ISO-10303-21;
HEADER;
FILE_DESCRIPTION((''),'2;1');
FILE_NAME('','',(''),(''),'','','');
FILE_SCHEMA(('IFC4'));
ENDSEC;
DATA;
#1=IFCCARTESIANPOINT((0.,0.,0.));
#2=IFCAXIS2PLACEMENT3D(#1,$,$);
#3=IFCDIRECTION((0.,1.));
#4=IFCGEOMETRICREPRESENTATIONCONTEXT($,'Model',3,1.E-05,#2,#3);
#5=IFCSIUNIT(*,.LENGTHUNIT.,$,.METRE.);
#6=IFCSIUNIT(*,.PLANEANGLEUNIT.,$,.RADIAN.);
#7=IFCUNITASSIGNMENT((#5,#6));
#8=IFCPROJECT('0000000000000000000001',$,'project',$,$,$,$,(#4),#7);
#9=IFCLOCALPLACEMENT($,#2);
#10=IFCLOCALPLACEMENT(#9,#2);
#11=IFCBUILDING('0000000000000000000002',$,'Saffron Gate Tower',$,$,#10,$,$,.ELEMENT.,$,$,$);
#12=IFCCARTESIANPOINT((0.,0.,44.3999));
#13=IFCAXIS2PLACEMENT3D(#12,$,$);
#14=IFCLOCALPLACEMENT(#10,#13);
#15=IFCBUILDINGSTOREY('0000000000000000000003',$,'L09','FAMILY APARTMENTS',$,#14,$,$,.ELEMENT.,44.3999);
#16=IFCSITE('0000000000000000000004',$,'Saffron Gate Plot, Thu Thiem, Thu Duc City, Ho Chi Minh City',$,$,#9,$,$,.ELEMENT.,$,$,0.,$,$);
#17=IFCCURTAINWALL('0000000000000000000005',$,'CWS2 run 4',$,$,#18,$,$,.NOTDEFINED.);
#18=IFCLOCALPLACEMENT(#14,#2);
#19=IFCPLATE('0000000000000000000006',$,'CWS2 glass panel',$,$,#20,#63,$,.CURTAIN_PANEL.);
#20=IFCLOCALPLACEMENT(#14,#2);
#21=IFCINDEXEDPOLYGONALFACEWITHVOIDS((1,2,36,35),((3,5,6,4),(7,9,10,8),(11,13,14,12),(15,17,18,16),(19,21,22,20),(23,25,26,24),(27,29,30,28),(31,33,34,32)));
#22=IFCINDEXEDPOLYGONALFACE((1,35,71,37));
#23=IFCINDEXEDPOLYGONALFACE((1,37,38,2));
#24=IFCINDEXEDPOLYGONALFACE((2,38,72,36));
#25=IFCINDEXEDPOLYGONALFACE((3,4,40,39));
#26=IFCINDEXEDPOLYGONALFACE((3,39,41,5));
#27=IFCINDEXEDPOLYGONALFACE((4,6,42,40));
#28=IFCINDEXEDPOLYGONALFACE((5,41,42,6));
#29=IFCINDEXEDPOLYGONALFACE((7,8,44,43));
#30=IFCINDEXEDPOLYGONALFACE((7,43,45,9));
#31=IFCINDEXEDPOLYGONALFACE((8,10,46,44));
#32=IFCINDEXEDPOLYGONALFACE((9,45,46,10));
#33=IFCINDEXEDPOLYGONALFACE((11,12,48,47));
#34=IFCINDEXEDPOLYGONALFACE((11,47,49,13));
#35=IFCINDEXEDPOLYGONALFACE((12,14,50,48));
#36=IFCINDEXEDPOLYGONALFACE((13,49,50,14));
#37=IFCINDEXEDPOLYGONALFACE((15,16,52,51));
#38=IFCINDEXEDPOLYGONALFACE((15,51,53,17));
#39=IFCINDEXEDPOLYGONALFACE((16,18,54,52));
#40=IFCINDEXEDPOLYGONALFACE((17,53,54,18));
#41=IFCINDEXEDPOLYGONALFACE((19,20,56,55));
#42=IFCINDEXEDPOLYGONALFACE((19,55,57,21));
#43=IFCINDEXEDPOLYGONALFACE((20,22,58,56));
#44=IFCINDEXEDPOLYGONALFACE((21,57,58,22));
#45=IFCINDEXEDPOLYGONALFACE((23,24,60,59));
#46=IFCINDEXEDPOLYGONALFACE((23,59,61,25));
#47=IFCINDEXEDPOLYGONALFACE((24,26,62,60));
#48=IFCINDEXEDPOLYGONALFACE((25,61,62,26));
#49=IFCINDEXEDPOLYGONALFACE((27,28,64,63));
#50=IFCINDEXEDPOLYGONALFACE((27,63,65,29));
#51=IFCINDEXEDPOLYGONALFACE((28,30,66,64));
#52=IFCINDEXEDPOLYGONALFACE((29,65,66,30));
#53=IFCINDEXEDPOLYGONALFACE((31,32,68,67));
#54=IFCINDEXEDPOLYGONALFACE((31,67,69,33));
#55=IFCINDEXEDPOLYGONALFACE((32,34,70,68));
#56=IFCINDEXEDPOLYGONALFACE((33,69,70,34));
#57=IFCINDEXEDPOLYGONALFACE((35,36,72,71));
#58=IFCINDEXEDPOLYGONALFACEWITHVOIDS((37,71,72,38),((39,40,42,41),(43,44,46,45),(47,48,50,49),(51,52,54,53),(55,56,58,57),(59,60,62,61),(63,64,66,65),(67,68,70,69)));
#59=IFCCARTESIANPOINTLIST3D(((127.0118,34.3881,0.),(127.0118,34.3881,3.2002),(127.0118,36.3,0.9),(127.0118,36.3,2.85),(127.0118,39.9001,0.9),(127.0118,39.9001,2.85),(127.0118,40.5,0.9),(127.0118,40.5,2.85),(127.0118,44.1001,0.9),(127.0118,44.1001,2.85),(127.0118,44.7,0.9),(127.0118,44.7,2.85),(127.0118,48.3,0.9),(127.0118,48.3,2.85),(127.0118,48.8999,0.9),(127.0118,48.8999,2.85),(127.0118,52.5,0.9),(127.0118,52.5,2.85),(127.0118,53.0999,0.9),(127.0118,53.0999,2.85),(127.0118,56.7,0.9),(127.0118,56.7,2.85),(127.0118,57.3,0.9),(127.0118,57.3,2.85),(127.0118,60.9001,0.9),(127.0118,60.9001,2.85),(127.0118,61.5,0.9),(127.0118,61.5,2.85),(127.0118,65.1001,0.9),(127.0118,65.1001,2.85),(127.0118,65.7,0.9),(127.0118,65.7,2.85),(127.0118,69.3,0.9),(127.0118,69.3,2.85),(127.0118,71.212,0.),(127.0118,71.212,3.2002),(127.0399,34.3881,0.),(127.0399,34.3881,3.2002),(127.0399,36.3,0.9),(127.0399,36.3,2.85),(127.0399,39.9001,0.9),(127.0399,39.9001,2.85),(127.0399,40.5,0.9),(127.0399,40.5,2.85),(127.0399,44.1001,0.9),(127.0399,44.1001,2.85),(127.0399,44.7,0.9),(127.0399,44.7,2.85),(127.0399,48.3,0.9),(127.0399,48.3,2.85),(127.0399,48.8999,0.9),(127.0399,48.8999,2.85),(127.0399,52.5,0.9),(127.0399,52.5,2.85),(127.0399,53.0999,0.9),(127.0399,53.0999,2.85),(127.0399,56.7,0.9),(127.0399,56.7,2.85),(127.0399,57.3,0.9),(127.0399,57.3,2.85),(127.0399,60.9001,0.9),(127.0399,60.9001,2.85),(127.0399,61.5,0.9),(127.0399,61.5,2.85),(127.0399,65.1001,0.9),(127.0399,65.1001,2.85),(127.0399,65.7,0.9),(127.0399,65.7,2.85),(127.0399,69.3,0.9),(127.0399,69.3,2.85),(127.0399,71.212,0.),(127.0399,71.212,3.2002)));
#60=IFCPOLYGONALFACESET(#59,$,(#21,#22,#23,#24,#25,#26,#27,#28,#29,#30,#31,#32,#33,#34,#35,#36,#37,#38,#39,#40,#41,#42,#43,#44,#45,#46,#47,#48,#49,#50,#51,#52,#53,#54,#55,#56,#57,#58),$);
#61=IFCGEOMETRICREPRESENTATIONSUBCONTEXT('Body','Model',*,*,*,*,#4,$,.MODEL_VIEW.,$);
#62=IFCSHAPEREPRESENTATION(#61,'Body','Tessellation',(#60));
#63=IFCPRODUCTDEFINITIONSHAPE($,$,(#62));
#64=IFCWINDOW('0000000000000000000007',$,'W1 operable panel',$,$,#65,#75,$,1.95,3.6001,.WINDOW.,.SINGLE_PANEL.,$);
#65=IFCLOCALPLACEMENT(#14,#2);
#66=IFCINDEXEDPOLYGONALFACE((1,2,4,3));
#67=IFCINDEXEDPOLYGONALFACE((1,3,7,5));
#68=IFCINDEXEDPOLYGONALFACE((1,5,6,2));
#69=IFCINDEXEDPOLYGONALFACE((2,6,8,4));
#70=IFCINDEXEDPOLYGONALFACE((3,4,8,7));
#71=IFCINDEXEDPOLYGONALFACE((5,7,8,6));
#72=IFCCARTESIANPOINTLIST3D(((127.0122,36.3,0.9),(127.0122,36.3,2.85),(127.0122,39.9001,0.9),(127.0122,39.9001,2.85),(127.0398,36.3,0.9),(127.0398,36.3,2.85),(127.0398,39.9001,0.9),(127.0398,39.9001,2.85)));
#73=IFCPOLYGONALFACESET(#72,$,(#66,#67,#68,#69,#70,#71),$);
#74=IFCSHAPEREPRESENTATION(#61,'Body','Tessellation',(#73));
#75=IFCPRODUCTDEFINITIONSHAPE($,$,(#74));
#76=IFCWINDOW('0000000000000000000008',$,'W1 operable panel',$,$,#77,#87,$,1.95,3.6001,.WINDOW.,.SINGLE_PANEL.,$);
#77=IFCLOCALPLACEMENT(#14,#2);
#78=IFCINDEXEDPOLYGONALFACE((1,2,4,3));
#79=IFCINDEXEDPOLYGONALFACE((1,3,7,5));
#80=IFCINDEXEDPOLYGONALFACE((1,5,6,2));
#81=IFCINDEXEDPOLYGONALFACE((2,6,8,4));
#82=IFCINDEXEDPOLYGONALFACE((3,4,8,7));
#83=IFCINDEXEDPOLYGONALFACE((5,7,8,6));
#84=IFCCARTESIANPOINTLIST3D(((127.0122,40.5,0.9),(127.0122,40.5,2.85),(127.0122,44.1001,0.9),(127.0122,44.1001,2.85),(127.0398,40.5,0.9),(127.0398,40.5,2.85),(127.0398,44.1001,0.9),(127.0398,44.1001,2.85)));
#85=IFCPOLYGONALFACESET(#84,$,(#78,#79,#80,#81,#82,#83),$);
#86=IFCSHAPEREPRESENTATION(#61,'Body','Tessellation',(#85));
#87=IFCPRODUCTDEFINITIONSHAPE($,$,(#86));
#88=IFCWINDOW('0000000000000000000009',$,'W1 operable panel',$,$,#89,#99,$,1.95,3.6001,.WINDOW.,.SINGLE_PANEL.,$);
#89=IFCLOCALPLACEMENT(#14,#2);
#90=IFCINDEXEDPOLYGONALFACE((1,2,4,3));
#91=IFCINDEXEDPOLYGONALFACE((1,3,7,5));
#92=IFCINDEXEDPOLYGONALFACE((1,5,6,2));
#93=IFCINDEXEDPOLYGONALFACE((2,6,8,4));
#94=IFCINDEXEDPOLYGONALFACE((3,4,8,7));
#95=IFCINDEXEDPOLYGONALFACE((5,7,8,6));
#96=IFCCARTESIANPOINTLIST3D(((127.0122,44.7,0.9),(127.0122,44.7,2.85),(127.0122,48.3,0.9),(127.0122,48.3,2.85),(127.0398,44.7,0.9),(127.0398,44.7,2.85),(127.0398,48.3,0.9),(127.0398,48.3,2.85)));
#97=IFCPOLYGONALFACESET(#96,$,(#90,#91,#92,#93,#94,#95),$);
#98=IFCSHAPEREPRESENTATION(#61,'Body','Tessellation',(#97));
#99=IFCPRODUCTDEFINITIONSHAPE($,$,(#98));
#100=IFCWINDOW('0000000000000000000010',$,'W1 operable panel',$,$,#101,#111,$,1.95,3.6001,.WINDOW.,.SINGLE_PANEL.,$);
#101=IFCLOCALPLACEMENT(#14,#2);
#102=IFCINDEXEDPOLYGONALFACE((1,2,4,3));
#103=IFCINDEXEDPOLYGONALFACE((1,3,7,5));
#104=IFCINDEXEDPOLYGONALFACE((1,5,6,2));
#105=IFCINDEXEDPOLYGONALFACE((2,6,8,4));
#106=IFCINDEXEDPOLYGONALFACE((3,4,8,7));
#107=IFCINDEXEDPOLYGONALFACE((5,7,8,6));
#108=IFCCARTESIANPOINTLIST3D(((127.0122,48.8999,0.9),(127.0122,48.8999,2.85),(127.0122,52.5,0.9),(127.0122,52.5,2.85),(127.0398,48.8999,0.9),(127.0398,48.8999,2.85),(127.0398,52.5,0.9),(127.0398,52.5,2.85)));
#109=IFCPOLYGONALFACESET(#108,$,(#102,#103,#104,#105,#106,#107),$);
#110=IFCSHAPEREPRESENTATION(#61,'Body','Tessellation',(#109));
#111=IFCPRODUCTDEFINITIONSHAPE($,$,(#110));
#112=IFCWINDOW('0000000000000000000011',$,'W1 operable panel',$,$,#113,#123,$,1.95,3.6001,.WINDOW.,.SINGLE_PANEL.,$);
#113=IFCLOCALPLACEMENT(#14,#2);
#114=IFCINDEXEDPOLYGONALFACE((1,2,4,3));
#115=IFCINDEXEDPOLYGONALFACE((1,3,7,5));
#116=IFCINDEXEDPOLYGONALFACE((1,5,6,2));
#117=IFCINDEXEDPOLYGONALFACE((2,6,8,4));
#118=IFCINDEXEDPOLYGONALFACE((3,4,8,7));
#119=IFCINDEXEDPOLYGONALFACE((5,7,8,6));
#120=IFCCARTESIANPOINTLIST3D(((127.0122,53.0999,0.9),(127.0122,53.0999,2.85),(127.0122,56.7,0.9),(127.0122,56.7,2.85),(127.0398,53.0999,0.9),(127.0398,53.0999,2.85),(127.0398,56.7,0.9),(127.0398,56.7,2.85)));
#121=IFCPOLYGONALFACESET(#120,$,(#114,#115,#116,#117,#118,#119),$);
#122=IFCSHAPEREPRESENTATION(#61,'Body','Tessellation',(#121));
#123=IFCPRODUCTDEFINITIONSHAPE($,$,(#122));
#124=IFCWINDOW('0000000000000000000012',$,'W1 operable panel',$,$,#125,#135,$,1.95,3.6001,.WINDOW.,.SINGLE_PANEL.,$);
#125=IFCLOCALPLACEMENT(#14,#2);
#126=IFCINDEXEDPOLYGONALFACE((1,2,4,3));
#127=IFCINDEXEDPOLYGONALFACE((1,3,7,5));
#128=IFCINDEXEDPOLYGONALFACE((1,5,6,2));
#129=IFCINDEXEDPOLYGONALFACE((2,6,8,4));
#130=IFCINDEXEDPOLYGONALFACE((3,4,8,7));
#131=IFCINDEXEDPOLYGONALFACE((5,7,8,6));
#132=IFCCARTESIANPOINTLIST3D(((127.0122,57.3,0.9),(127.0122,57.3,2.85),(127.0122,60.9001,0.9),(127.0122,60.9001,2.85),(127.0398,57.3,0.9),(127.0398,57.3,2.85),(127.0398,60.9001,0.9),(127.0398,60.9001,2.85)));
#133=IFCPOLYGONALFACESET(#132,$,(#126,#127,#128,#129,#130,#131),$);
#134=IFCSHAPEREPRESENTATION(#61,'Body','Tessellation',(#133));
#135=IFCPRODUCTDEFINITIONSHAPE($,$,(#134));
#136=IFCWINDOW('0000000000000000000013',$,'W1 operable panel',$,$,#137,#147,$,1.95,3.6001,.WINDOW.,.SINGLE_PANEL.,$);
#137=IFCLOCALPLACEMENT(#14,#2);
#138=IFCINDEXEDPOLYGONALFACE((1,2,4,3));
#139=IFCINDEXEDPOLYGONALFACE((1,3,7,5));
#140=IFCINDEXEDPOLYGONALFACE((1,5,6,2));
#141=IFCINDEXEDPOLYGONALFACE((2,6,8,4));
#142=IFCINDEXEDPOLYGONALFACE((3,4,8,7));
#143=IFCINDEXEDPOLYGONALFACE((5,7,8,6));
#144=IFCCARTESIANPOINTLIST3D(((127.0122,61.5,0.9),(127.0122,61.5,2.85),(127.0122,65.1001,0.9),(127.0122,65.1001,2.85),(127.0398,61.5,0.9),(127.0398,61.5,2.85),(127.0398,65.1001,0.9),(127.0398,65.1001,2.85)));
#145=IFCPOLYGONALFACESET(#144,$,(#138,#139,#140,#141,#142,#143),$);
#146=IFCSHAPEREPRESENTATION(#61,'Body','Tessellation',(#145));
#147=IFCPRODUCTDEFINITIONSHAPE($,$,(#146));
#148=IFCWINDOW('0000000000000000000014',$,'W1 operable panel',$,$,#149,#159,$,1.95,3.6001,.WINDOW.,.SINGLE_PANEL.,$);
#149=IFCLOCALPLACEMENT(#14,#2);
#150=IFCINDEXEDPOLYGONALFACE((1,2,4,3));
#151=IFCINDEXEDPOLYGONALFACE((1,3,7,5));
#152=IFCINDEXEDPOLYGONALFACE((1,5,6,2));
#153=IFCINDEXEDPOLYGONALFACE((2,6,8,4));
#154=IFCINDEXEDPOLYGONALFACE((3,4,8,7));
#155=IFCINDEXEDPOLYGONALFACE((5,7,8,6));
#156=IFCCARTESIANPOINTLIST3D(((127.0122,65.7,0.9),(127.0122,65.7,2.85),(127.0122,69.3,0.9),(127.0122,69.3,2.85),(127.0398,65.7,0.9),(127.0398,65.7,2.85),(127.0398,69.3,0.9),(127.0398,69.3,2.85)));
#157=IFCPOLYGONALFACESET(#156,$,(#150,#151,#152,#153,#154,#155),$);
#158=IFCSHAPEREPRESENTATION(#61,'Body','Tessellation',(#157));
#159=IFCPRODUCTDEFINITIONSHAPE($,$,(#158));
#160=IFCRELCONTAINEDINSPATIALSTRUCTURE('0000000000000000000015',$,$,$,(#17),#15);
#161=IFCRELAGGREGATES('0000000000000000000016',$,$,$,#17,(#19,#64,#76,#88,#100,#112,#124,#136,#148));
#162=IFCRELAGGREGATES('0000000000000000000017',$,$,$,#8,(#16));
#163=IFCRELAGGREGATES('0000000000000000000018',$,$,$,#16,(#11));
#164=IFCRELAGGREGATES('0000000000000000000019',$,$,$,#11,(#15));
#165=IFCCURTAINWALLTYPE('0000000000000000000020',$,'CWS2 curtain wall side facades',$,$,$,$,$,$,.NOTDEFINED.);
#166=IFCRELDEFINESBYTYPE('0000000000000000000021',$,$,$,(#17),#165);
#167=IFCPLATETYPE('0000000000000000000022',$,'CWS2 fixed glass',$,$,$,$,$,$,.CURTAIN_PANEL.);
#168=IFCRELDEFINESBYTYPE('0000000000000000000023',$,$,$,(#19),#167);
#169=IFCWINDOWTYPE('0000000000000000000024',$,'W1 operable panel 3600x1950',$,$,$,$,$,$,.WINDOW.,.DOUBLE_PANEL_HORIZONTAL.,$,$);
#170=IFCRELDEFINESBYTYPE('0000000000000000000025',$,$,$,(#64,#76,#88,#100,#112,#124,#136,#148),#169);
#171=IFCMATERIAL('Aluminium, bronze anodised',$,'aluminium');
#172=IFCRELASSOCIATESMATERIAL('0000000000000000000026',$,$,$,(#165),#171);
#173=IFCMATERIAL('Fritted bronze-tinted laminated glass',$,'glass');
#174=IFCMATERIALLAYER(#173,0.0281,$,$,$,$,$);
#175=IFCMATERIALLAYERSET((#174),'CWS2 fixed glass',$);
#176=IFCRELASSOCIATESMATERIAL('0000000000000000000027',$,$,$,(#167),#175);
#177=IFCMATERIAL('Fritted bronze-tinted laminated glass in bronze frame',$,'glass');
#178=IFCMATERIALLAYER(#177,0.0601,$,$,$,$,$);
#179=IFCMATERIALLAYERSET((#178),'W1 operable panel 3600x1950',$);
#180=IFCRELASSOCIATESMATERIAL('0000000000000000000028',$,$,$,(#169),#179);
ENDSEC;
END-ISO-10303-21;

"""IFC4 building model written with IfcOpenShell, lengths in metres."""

from ifc_helpers import new_model, si_unit, direction, frame, frame_2d, origin, place, context, subcontext, project, spatial, rectangle, extrude, material, layer, layer_set, type_object, element, fill, aggregate, save


model = new_model("IFC4")

# Units and contexts
model_context = context("Model", 3, precision=1e-05, world=origin(), true_north=direction((0.0, 1.0)))
body_context = subcontext(model_context, "Body", "Model", "MODEL_VIEW")
ifc_project = project(units=[si_unit("LENGTHUNIT", "METRE"), si_unit("PLANEANGLEUNIT", "RADIAN")], contexts=[model_context])

# Site, building, storey
site_placement = place(None, origin())
site = spatial("IfcSite", under=ifc_project, at=site_placement, Name="Saffron Gate Plot, Thu Thiem, Thu Duc City, Ho Chi Minh City", CompositionType="ELEMENT", RefElevation=0.0)
building_placement = place(site_placement, origin())
building = spatial("IfcBuilding", under=site, at=building_placement, Name="Saffron Gate Tower", CompositionType="ELEMENT")
storey_placement = place(building_placement, frame((0.0, 0.0, 44.3999)))
storey = spatial("IfcBuildingStorey", under=building, at=storey_placement, Name="L09", Description="FAMILY APARTMENTS", CompositionType="ELEMENT", Elevation=44.3999)

# Curtain wall
ifc_material_1 = material(Name="Aluminium, bronze anodised", Category="aluminium")
curtain_wall_type_1 = type_object("IfcCurtainWallType", Name="CWS2 curtain wall side facades", PredefinedType="NOTDEFINED", material=ifc_material_1)
curtain_wall_1_placement = place(storey_placement, origin())
curtain_wall_1 = element("IfcCurtainWall", 1, at=curtain_wall_1_placement, inside=storey, type_object=curtain_wall_type_1, Name="CWS2 run 4", PredefinedType="NOTDEFINED")

# Plate, openings, windows
ifc_material_2 = material(Name="Fritted bronze-tinted laminated glass", Category="glass")
ifc_layer_1 = layer(ifc_material_2, 0.0281)
ifc_layer_set_1 = layer_set([ifc_layer_1], Name="CWS2 fixed glass")
plate_type_1 = type_object("IfcPlateType", Name="CWS2 fixed glass", PredefinedType="CURTAIN_PANEL", material=ifc_layer_set_1)
plate_1_placement = place(storey_placement, frame((127.0259, 34.3879, 0.0), z_axis=(0.0, 0.0, 1.0), x_axis=(0.0, 1.0, 0.0)))
plate_1 = element("IfcPlate", 2, at=plate_1_placement, type_object=plate_type_1, Name="CWS2 glass panel", PredefinedType="CURTAIN_PANEL", context=body_context, shape_type="SweptSolid", body=[
    extrude(rectangle(XDim=36.824, YDim=0.0281, at=frame_2d((18.4121, 0.0))), origin(), (0.0, 0.0, 1.0), 3.2002),
])
opening_1_placement = place(plate_1_placement, frame((1.9121, 0.0, 0.8999)))
opening_1 = element("IfcOpeningElement", 3, at=opening_1_placement, cuts=plate_1, PredefinedType="OPENING", context=body_context, shape_type="SweptSolid", body=[
    extrude(rectangle(XDim=3.6001, YDim=1.95, at=frame_2d((1.8, 0.9751))), frame((0.0, 0.0239, 0.0), z_axis=(0.0, -1.0, 0.0), x_axis=(1.0, 0.0, 0.0)), (0.0, 0.0, 1.0), 0.0481),
])
opening_2_placement = place(plate_1_placement, frame((6.1121, 0.0, 0.8999)))
opening_2 = element("IfcOpeningElement", 4, at=opening_2_placement, cuts=plate_1, PredefinedType="OPENING", context=body_context, shape_type="SweptSolid", body=[
    extrude(rectangle(XDim=3.6001, YDim=1.95, at=frame_2d((1.8, 0.9751))), frame((0.0, 0.0239, 0.0), z_axis=(0.0, -1.0, 0.0), x_axis=(1.0, 0.0, 0.0)), (0.0, 0.0, 1.0), 0.0481),
])
opening_3_placement = place(plate_1_placement, frame((10.312, 0.0, 0.8999)))
opening_3 = element("IfcOpeningElement", 5, at=opening_3_placement, cuts=plate_1, PredefinedType="OPENING", context=body_context, shape_type="SweptSolid", body=[
    extrude(rectangle(XDim=3.6001, YDim=1.95, at=frame_2d((1.8, 0.9751))), frame((0.0, 0.0239, 0.0), z_axis=(0.0, -1.0, 0.0), x_axis=(1.0, 0.0, 0.0)), (0.0, 0.0, 1.0), 0.0481),
])
opening_4_placement = place(plate_1_placement, frame((14.512, 0.0, 0.8999)))
opening_4 = element("IfcOpeningElement", 6, at=opening_4_placement, cuts=plate_1, PredefinedType="OPENING", context=body_context, shape_type="SweptSolid", body=[
    extrude(rectangle(XDim=3.6001, YDim=1.95, at=frame_2d((1.8, 0.9751))), frame((0.0, 0.0239, 0.0), z_axis=(0.0, -1.0, 0.0), x_axis=(1.0, 0.0, 0.0)), (0.0, 0.0, 1.0), 0.0481),
])
opening_5_placement = place(plate_1_placement, frame((18.7119, 0.0, 0.8999)))
opening_5 = element("IfcOpeningElement", 7, at=opening_5_placement, cuts=plate_1, PredefinedType="OPENING", context=body_context, shape_type="SweptSolid", body=[
    extrude(rectangle(XDim=3.6001, YDim=1.95, at=frame_2d((1.8, 0.9751))), frame((0.0, 0.0239, 0.0), z_axis=(0.0, -1.0, 0.0), x_axis=(1.0, 0.0, 0.0)), (0.0, 0.0, 1.0), 0.0481),
])
opening_6_placement = place(plate_1_placement, frame((22.9121, 0.0, 0.8999)))
opening_6 = element("IfcOpeningElement", 8, at=opening_6_placement, cuts=plate_1, PredefinedType="OPENING", context=body_context, shape_type="SweptSolid", body=[
    extrude(rectangle(XDim=3.6001, YDim=1.95, at=frame_2d((1.8, 0.9751))), frame((0.0, 0.0239, 0.0), z_axis=(0.0, -1.0, 0.0), x_axis=(1.0, 0.0, 0.0)), (0.0, 0.0, 1.0), 0.0481),
])
opening_7_placement = place(plate_1_placement, frame((27.1121, 0.0, 0.8999)))
opening_7 = element("IfcOpeningElement", 9, at=opening_7_placement, cuts=plate_1, PredefinedType="OPENING", context=body_context, shape_type="SweptSolid", body=[
    extrude(rectangle(XDim=3.6001, YDim=1.95, at=frame_2d((1.8, 0.9751))), frame((0.0, 0.0239, 0.0), z_axis=(0.0, -1.0, 0.0), x_axis=(1.0, 0.0, 0.0)), (0.0, 0.0, 1.0), 0.0481),
])
opening_8_placement = place(plate_1_placement, frame((31.312, 0.0, 0.8999)))
opening_8 = element("IfcOpeningElement", 10, at=opening_8_placement, cuts=plate_1, PredefinedType="OPENING", context=body_context, shape_type="SweptSolid", body=[
    extrude(rectangle(XDim=3.6001, YDim=1.95, at=frame_2d((1.8, 0.9751))), frame((0.0, 0.0239, 0.0), z_axis=(0.0, -1.0, 0.0), x_axis=(1.0, 0.0, 0.0)), (0.0, 0.0, 1.0), 0.0481),
])
ifc_material_3 = material(Name="Fritted bronze-tinted laminated glass in bronze frame", Category="glass")
ifc_layer_2 = layer(ifc_material_3, 0.0601)
ifc_layer_set_2 = layer_set([ifc_layer_2], Name="W1 operable panel 3600x1950")
window_type = type_object("IfcWindowType", Name="W1 operable panel 3600x1950", PartitioningType="DOUBLE_PANEL_HORIZONTAL", PredefinedType="WINDOW", material=ifc_layer_set_2)
window_1_placement = place(opening_1_placement, origin())
window_1 = element("IfcWindow", 11, at=window_1_placement, type_object=window_type, Name="W1 operable panel", OverallHeight=1.95, OverallWidth=3.6001, PartitioningType="SINGLE_PANEL", PredefinedType="WINDOW", context=body_context, shape_type="SweptSolid", body=[
    extrude(rectangle(XDim=3.6001, YDim=1.95, at=frame_2d((1.8, 0.9751))), frame((0.0, 0.0137, 0.0), z_axis=(0.0, -1.0, 0.0), x_axis=(1.0, 0.0, 0.0)), (0.0, 0.0, 1.0), 0.0276),
])
fill(opening_1, window_1)
window_2_placement = place(opening_2_placement, origin())
window_2 = element("IfcWindow", 12, at=window_2_placement, type_object=window_type, Name="W1 operable panel", OverallHeight=1.95, OverallWidth=3.6001, PartitioningType="SINGLE_PANEL", PredefinedType="WINDOW", context=body_context, shape_type="SweptSolid", body=[
    extrude(rectangle(XDim=3.6001, YDim=1.95, at=frame_2d((1.8, 0.9751))), frame((0.0, 0.0137, 0.0), z_axis=(0.0, -1.0, 0.0), x_axis=(1.0, 0.0, 0.0)), (0.0, 0.0, 1.0), 0.0276),
])
fill(opening_2, window_2)
window_3_placement = place(opening_3_placement, origin())
window_3 = element("IfcWindow", 13, at=window_3_placement, type_object=window_type, Name="W1 operable panel", OverallHeight=1.95, OverallWidth=3.6001, PartitioningType="SINGLE_PANEL", PredefinedType="WINDOW", context=body_context, shape_type="SweptSolid", body=[
    extrude(rectangle(XDim=3.6001, YDim=1.95, at=frame_2d((1.8, 0.9751))), frame((0.0, 0.0137, 0.0), z_axis=(0.0, -1.0, 0.0), x_axis=(1.0, 0.0, 0.0)), (0.0, 0.0, 1.0), 0.0276),
])
fill(opening_3, window_3)
window_4_placement = place(opening_4_placement, origin())
window_4 = element("IfcWindow", 14, at=window_4_placement, type_object=window_type, Name="W1 operable panel", OverallHeight=1.95, OverallWidth=3.6001, PartitioningType="SINGLE_PANEL", PredefinedType="WINDOW", context=body_context, shape_type="SweptSolid", body=[
    extrude(rectangle(XDim=3.6001, YDim=1.95, at=frame_2d((1.8, 0.9751))), frame((0.0, 0.0137, 0.0), z_axis=(0.0, -1.0, 0.0), x_axis=(1.0, 0.0, 0.0)), (0.0, 0.0, 1.0), 0.0276),
])
fill(opening_4, window_4)
window_5_placement = place(opening_5_placement, origin())
window_5 = element("IfcWindow", 15, at=window_5_placement, type_object=window_type, Name="W1 operable panel", OverallHeight=1.95, OverallWidth=3.6001, PartitioningType="SINGLE_PANEL", PredefinedType="WINDOW", context=body_context, shape_type="SweptSolid", body=[
    extrude(rectangle(XDim=3.6001, YDim=1.95, at=frame_2d((1.8, 0.9751))), frame((0.0, 0.0137, 0.0), z_axis=(0.0, -1.0, 0.0), x_axis=(1.0, 0.0, 0.0)), (0.0, 0.0, 1.0), 0.0276),
])
fill(opening_5, window_5)
window_6_placement = place(opening_6_placement, origin())
window_6 = element("IfcWindow", 16, at=window_6_placement, type_object=window_type, Name="W1 operable panel", OverallHeight=1.95, OverallWidth=3.6001, PartitioningType="SINGLE_PANEL", PredefinedType="WINDOW", context=body_context, shape_type="SweptSolid", body=[
    extrude(rectangle(XDim=3.6001, YDim=1.95, at=frame_2d((1.8, 0.9751))), frame((0.0, 0.0137, 0.0), z_axis=(0.0, -1.0, 0.0), x_axis=(1.0, 0.0, 0.0)), (0.0, 0.0, 1.0), 0.0276),
])
fill(opening_6, window_6)
window_7_placement = place(opening_7_placement, origin())
window_7 = element("IfcWindow", 17, at=window_7_placement, type_object=window_type, Name="W1 operable panel", OverallHeight=1.95, OverallWidth=3.6001, PartitioningType="SINGLE_PANEL", PredefinedType="WINDOW", context=body_context, shape_type="SweptSolid", body=[
    extrude(rectangle(XDim=3.6001, YDim=1.95, at=frame_2d((1.8, 0.9751))), frame((0.0, 0.0137, 0.0), z_axis=(0.0, -1.0, 0.0), x_axis=(1.0, 0.0, 0.0)), (0.0, 0.0, 1.0), 0.0276),
])
fill(opening_7, window_7)
window_8_placement = place(opening_8_placement, origin())
window_8 = element("IfcWindow", 18, at=window_8_placement, type_object=window_type, Name="W1 operable panel", OverallHeight=1.95, OverallWidth=3.6001, PartitioningType="SINGLE_PANEL", PredefinedType="WINDOW", context=body_context, shape_type="SweptSolid", body=[
    extrude(rectangle(XDim=3.6001, YDim=1.95, at=frame_2d((1.8, 0.9751))), frame((0.0, 0.0137, 0.0), z_axis=(0.0, -1.0, 0.0), x_axis=(1.0, 0.0, 0.0)), (0.0, 0.0, 1.0), 0.0276),
])
fill(opening_8, window_8)
aggregate(curtain_wall_1, [plate_1, window_1, window_2, window_3, window_4, window_5, window_6, window_7, window_8])

save(model, "model.ifc")
